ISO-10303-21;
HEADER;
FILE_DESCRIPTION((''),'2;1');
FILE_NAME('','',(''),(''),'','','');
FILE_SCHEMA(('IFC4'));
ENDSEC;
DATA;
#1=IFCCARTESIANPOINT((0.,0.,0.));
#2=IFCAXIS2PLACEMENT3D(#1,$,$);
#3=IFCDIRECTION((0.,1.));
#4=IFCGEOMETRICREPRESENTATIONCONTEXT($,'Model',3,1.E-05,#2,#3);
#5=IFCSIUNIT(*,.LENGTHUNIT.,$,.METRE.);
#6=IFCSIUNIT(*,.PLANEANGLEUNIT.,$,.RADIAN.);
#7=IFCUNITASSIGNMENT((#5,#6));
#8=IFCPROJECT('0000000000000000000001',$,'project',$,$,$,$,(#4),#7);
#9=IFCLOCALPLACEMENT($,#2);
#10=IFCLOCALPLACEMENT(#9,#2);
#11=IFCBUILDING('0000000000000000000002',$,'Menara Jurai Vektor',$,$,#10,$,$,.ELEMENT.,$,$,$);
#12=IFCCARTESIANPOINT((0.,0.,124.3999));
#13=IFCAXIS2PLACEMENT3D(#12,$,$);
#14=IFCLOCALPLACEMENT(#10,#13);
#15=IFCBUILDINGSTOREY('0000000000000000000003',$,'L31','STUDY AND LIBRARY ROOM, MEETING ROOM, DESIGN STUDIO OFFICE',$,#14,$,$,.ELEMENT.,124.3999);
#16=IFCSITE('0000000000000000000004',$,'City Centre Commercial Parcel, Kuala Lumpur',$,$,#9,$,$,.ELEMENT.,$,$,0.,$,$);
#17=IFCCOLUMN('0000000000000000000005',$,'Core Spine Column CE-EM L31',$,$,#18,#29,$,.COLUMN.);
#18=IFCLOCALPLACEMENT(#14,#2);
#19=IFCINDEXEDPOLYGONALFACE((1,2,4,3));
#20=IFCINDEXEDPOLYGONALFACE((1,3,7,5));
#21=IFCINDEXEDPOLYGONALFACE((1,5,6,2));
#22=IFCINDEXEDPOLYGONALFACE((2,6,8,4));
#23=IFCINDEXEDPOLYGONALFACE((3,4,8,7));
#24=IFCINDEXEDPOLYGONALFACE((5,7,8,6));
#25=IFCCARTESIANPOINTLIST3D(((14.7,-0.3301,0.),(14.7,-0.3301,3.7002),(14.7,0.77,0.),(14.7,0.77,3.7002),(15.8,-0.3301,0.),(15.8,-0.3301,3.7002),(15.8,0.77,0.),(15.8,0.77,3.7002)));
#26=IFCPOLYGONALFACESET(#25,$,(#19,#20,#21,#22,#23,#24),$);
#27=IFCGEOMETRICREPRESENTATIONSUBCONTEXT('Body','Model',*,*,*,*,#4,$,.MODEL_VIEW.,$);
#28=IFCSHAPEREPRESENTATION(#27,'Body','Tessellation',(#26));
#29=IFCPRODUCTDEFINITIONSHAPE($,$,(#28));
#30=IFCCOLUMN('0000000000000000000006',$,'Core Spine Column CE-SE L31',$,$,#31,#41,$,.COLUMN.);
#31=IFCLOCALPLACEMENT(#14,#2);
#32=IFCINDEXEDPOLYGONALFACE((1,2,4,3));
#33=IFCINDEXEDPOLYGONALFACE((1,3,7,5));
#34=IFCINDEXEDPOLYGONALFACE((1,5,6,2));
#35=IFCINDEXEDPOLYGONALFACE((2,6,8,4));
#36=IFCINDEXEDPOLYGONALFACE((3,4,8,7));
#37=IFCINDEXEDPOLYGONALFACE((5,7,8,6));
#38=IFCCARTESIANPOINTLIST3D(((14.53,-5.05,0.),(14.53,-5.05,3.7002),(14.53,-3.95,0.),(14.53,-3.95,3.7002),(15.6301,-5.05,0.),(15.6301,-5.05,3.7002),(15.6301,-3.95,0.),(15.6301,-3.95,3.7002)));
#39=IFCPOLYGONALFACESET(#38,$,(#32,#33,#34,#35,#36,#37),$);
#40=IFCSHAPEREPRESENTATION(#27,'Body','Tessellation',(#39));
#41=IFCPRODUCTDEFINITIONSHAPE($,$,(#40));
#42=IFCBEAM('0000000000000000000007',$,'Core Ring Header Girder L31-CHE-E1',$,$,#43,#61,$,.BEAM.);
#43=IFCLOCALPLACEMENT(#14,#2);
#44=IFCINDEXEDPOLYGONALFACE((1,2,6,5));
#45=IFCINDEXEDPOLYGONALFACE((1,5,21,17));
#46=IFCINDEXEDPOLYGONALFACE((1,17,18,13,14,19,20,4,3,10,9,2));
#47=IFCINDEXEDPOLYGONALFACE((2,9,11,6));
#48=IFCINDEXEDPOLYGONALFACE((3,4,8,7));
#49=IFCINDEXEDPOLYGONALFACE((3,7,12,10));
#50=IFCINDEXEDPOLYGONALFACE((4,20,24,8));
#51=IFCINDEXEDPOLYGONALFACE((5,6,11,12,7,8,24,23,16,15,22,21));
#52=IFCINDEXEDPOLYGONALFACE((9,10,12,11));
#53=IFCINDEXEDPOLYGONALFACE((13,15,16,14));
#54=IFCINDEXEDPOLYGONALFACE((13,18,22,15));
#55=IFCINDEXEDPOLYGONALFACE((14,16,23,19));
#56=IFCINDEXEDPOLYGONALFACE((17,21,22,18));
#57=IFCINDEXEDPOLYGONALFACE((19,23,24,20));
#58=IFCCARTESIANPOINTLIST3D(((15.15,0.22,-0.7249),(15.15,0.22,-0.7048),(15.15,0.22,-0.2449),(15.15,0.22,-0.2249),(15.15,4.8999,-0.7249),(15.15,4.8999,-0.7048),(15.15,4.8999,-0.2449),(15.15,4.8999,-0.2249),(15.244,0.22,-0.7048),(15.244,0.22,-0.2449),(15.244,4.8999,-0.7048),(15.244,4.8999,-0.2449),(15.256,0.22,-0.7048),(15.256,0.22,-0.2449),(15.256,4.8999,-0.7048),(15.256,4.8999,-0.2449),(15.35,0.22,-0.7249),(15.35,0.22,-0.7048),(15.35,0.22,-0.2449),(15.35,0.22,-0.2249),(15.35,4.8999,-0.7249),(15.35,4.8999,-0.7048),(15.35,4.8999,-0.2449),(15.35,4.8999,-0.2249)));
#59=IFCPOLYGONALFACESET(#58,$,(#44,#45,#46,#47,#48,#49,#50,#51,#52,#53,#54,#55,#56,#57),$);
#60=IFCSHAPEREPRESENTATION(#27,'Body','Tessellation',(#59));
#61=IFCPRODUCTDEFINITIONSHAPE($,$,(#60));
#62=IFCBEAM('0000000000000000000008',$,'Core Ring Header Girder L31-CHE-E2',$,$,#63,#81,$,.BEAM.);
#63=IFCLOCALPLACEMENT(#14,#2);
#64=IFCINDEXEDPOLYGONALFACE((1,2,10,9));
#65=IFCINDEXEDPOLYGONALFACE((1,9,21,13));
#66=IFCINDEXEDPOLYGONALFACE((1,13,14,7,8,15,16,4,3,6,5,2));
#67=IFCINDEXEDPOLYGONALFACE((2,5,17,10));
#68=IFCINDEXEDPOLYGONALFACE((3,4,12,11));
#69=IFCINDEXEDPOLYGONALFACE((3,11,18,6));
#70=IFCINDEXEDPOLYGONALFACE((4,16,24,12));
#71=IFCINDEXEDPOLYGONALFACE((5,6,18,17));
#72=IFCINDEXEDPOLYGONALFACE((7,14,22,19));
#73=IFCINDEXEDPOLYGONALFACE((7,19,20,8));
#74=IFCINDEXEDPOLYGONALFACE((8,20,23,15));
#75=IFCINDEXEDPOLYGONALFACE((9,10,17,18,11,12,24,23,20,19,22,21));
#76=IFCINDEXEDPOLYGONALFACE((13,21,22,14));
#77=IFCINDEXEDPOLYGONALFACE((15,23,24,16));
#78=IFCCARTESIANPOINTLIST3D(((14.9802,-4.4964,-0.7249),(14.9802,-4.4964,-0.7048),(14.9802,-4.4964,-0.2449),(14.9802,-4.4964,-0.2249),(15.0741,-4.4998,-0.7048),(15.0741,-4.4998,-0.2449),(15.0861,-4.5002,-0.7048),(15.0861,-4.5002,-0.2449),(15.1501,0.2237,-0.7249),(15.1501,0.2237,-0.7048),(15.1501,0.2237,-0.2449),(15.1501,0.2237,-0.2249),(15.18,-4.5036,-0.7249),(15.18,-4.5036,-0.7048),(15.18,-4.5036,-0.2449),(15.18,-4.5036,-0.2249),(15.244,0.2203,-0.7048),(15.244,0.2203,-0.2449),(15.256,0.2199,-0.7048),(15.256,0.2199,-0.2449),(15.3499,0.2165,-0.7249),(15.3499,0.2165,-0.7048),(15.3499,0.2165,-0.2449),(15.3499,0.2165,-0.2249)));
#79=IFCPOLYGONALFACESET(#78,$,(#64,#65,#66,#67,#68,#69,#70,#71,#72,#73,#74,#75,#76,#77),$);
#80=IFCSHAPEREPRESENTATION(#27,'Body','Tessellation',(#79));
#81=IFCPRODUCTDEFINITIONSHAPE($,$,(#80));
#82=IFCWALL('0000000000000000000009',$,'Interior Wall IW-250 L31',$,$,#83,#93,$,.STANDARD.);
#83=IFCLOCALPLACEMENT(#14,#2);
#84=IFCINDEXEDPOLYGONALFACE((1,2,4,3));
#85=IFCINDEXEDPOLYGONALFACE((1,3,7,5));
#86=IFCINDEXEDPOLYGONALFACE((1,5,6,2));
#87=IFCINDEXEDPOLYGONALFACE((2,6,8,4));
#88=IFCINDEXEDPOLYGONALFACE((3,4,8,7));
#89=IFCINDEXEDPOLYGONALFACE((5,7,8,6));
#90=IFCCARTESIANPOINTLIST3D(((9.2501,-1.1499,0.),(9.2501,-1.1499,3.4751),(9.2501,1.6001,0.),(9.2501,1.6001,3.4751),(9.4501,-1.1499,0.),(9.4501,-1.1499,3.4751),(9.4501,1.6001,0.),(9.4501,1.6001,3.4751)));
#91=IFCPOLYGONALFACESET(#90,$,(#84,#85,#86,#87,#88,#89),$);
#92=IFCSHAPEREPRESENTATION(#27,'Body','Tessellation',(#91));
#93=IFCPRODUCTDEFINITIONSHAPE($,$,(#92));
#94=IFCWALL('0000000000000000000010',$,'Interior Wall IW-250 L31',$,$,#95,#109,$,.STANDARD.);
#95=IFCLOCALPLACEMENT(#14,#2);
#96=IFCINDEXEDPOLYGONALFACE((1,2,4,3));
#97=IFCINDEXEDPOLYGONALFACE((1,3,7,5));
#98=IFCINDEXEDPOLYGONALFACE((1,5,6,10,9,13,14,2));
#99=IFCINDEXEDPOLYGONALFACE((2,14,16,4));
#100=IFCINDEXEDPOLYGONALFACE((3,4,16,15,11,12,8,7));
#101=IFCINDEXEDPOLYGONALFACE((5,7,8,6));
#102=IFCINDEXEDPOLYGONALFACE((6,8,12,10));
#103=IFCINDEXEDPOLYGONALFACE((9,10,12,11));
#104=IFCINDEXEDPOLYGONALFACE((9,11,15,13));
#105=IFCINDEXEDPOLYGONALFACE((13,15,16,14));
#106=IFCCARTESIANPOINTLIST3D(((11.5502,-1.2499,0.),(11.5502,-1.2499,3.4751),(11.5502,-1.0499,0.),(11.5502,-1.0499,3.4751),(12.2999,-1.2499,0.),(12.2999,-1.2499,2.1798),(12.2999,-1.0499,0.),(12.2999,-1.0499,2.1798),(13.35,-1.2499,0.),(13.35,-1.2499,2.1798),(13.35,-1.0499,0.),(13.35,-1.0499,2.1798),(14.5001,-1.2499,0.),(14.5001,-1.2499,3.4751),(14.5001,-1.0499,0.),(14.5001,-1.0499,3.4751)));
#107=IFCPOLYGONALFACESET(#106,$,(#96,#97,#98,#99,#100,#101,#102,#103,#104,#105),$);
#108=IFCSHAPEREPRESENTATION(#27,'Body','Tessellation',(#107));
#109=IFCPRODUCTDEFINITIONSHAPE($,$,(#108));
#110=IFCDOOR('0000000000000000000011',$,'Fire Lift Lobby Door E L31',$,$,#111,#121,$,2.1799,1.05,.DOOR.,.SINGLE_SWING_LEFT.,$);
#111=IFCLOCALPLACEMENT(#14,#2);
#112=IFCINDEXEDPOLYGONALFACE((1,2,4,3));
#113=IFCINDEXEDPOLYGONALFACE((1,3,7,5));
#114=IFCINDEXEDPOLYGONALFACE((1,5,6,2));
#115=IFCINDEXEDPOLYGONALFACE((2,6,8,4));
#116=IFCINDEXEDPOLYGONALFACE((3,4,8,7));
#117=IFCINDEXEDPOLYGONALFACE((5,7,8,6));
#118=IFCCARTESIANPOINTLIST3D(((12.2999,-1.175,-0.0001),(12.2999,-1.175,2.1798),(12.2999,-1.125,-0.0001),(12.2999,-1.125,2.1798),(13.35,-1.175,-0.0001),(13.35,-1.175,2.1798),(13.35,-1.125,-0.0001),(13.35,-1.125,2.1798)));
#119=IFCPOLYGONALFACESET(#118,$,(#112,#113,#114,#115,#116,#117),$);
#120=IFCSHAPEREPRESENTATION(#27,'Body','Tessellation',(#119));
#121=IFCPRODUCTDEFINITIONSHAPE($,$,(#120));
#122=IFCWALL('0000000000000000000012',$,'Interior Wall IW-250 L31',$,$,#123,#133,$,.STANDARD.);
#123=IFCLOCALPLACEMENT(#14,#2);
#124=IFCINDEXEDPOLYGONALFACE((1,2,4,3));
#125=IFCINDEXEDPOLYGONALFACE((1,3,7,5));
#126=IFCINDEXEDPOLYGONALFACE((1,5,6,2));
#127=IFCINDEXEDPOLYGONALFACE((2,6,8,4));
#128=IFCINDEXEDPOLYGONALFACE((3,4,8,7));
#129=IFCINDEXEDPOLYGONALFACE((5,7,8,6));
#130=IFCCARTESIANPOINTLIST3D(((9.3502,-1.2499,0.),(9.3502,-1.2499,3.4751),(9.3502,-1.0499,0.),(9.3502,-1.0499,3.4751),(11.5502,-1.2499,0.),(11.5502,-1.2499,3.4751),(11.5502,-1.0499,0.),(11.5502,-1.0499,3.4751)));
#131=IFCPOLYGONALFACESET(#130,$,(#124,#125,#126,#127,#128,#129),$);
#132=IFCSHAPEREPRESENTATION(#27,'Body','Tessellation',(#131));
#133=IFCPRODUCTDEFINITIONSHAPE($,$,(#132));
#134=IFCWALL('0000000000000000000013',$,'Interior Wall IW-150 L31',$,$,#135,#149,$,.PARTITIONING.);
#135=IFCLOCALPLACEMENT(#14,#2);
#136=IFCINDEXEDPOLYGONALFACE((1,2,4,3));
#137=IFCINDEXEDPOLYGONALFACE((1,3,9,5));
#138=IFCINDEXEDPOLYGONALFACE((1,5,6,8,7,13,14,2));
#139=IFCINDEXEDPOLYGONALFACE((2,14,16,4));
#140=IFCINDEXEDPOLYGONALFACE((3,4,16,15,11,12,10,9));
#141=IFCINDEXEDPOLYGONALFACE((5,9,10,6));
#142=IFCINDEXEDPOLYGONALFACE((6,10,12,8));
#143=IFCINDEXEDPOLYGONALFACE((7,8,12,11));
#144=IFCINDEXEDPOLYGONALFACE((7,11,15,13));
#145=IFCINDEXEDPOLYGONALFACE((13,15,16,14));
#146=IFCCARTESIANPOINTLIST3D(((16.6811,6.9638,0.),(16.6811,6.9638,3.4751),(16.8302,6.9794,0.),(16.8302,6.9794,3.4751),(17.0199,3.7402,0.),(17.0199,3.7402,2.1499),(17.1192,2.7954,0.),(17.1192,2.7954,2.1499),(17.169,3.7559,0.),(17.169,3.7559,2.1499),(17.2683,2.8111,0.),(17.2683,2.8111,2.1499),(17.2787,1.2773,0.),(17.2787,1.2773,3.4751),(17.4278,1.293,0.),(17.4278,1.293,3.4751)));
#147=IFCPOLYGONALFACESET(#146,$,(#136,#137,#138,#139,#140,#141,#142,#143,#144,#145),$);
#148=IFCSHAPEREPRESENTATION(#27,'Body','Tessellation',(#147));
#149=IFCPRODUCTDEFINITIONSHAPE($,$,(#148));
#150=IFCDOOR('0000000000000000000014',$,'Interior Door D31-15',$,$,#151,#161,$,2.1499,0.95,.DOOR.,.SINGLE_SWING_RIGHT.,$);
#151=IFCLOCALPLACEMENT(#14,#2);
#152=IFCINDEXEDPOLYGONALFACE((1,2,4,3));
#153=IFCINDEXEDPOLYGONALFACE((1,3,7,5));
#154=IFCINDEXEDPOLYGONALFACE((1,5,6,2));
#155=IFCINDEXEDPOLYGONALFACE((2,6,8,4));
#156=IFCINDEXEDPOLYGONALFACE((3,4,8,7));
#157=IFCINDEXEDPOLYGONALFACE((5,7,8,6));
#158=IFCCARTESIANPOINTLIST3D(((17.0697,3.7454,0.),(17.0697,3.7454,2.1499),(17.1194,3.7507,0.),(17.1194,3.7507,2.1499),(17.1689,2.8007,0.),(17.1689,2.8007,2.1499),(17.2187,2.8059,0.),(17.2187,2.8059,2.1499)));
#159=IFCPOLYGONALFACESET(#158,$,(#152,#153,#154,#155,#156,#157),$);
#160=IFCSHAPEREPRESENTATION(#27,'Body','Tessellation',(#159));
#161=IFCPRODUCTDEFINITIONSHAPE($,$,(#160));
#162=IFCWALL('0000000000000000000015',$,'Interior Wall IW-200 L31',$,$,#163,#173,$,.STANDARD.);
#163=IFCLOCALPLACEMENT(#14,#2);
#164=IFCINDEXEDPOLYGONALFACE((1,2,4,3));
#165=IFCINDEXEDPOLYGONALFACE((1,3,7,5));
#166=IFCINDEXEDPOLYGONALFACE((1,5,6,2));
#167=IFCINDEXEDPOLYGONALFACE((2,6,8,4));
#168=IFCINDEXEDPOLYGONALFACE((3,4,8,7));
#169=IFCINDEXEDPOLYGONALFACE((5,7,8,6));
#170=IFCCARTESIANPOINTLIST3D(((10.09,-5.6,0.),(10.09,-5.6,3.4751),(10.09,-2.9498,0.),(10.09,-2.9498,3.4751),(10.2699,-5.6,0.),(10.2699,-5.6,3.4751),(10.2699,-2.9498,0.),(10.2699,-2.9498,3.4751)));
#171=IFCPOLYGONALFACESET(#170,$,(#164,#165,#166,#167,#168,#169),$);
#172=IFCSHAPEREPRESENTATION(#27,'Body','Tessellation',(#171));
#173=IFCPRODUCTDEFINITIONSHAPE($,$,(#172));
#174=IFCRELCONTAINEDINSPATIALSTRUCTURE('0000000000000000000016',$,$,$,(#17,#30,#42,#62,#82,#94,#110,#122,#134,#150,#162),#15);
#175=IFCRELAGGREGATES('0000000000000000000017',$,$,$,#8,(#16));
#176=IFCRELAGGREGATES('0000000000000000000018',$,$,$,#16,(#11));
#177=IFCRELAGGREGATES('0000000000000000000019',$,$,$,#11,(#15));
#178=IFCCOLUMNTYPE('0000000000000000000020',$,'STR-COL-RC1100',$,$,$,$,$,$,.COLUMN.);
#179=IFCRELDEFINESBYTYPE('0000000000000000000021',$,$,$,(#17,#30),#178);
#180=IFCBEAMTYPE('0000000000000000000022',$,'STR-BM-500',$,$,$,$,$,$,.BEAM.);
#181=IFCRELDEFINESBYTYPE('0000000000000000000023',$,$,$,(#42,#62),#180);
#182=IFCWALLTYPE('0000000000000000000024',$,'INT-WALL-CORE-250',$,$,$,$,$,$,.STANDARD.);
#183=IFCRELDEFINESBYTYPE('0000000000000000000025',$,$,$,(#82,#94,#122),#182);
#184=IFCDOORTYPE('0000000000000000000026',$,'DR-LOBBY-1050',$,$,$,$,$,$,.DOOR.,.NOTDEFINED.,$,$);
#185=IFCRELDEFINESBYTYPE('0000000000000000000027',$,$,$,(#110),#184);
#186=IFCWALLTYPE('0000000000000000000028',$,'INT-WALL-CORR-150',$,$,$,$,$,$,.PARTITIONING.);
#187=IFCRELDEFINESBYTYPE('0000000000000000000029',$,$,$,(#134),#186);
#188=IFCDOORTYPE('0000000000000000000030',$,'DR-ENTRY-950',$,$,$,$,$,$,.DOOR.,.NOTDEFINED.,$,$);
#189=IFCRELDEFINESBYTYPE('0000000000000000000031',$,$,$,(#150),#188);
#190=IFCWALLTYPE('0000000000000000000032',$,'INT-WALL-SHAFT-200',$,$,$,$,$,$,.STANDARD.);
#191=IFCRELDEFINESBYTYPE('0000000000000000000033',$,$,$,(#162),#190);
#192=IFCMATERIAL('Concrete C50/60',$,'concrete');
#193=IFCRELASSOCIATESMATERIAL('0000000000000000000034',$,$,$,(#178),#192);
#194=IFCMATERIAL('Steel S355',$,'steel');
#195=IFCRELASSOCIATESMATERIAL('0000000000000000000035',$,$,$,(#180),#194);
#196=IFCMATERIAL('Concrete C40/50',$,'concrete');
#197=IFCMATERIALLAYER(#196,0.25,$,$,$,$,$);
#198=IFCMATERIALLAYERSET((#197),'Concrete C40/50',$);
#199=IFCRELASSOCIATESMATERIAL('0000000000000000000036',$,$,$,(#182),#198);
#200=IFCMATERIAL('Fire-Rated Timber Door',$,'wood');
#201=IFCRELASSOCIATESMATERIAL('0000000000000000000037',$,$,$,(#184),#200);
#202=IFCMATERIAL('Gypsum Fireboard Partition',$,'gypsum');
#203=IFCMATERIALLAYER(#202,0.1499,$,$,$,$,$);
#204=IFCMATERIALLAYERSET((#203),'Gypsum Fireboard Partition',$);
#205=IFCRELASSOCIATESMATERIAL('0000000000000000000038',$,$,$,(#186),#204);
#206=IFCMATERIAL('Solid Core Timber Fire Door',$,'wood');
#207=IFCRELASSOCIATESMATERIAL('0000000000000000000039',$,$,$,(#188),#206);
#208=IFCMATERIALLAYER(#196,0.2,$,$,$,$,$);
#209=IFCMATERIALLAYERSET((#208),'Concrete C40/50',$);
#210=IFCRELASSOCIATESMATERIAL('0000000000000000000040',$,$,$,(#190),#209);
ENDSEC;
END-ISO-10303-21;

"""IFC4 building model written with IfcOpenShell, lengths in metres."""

from ifc_helpers import new_model, si_unit, direction, frame, frame_2d, origin, origin_2d, place, context, subcontext, project, spatial, rectangle, i_section, extrude, material, layer, layer_set, material_profile, profile_set, type_object, element, fill, save


model = new_model("IFC4")

# Units and contexts
model_context = context("Model", 3, precision=1e-05, world=origin(), true_north=direction((0.0, 1.0)))
body_context = subcontext(model_context, "Body", "Model", "MODEL_VIEW")
ifc_project = project(units=[si_unit("LENGTHUNIT", "METRE"), si_unit("PLANEANGLEUNIT", "RADIAN")], contexts=[model_context])

# Site, building, storey
site_placement = place(None, origin())
site = spatial("IfcSite", under=ifc_project, at=site_placement, Name="City Centre Commercial Parcel, Kuala Lumpur", CompositionType="ELEMENT", RefElevation=0.0)
building_placement = place(site_placement, origin())
building = spatial("IfcBuilding", under=site, at=building_placement, Name="Menara Jurai Vektor", CompositionType="ELEMENT")
storey_placement = place(building_placement, frame((0.0, 0.0, 124.3999)))
storey = spatial("IfcBuildingStorey", under=building, at=storey_placement, Name="L31", Description="STUDY AND LIBRARY ROOM, MEETING ROOM, DESIGN STUDIO OFFICE", CompositionType="ELEMENT", Elevation=124.3999)

# Columns
ifc_material_1 = material(Name="Concrete C50/60", Category="concrete")
ifc_material_profile_1 = material_profile(ifc_material_1, rectangle(XDim=1.1001, YDim=1.1001, at=origin_2d()), Name="RC 1100x1100")
ifc_profile_set_1 = profile_set([ifc_material_profile_1], Name="Concrete C50/60")
column_type = type_object("IfcColumnType", Name="STR-COL-RC1100", PredefinedType="COLUMN", material=ifc_profile_set_1)
for number, where, z_axis, x_axis, name in (
    (1, (15.25, 0.22, 0.0), (0.0, 0.0, 1.0), (1.0, 0.0, 0.0), "Core Spine Column CE-EM L31"),
    (2, (15.0801, -4.5, 0.0), (0.0, 0.0, 1.0), (1.0, 0.0, 0.0), "Core Spine Column CE-SE L31"),
):
    element("IfcColumn", number, at=place(storey_placement, frame(where, z_axis=z_axis, x_axis=x_axis)), inside=storey, type_object=column_type, Name=name, PredefinedType="COLUMN", context=body_context, shape_type="SweptSolid", body=[
        extrude(rectangle(XDim=1.1001, YDim=1.1001, at=origin_2d()), origin(), (0.0, 0.0, 1.0), 3.7002),
    ])

# Beams
ifc_material_2 = material(Name="Steel S355", Category="steel")
ifc_material_profile_2 = material_profile(ifc_material_2, i_section(OverallWidth=0.2, OverallDepth=0.5, WebThickness=0.012, FlangeThickness=0.02, at=origin_2d()), Name="PG 500x200x96")
ifc_profile_set_2 = profile_set([ifc_material_profile_2], Name="Steel S355")
beam_type = type_object("IfcBeamType", Name="STR-BM-500", PredefinedType="BEAM", material=ifc_profile_set_2)
beam_1_placement = place(storey_placement, frame((15.25, 0.22, -0.4749), z_axis=(0.0, 1.0, 0.0), x_axis=(-1.0, 0.0, 0.0)))
element("IfcBeam", 3, at=beam_1_placement, inside=storey, type_object=beam_type, Name="Core Ring Header Girder L31-CHE-E1", PredefinedType="BEAM", context=body_context, shape_type="SweptSolid", body=[
    extrude(i_section(OverallWidth=0.2, OverallDepth=0.5, WebThickness=0.012, FlangeThickness=0.02, at=origin_2d()), origin(), (0.0, 0.0, 1.0), 4.6799),
])
beam_2_placement = place(storey_placement, frame((15.0801, -4.5, -0.4749), z_axis=(0.035977, 0.999353, 0.0), x_axis=(-0.999353, 0.035977, 0.0)))
element("IfcBeam", 4, at=beam_2_placement, inside=storey, type_object=beam_type, Name="Core Ring Header Girder L31-CHE-E2", PredefinedType="BEAM", context=body_context, shape_type="SweptSolid", body=[
    extrude(i_section(OverallWidth=0.2, OverallDepth=0.5, WebThickness=0.012, FlangeThickness=0.02, at=origin_2d()), origin(), (0.0, 0.0, 1.0), 4.7231),
])

# Shared definitions
ifc_material_3 = material(Name="Concrete C40/50", Category="concrete")
ifc_layer_1 = layer(ifc_material_3, 0.25)
ifc_layer_set_1 = layer_set([ifc_layer_1], Name="Concrete C40/50")
wall_type_1 = type_object("IfcWallType", Name="INT-WALL-CORE-250", PredefinedType="STANDARD", material=ifc_layer_set_1)

# Wall
wall_1_placement = place(storey_placement, frame((9.3501, -1.1499, 0.0), z_axis=(0.0, 0.0, 1.0), x_axis=(0.0, 1.0, 0.0)))
element("IfcWall", 5, at=wall_1_placement, inside=storey, type_object=wall_type_1, Name="Interior Wall IW-250 L31", PredefinedType="STANDARD", context=body_context, shape_type="SweptSolid", body=[
    extrude(rectangle(XDim=2.75, YDim=0.2, at=frame_2d((1.375, 0.0))), origin(), (0.0, 0.0, 1.0), 3.4751),
])

# Wall, opening, door
wall_2_placement = place(storey_placement, frame((11.55, -1.1499, 0.0), z_axis=(0.0, 0.0, 1.0), x_axis=(1.0, 0.0, 0.0)))
wall_2 = element("IfcWall", 6, at=wall_2_placement, inside=storey, type_object=wall_type_1, Name="Interior Wall IW-250 L31", PredefinedType="STANDARD", context=body_context, shape_type="SweptSolid", body=[
    extrude(rectangle(XDim=2.95, YDim=0.2, at=frame_2d((1.4751, 0.0))), origin(), (0.0, 0.0, 1.0), 3.4751),
])
opening_1_placement = place(wall_2_placement, frame((0.75, 0.0, 0.0)))
opening_1 = element("IfcOpeningElement", 7, at=opening_1_placement, cuts=wall_2, PredefinedType="OPENING", context=body_context, shape_type="SweptSolid", body=[
    extrude(rectangle(XDim=1.05, YDim=2.1799, at=frame_2d((0.5249, 1.0898))), frame((0.0, 0.1099, 0.0), z_axis=(0.0, -1.0, 0.0), x_axis=(1.0, 0.0, 0.0)), (0.0, 0.0, 1.0), 0.22),
])
ifc_material_4 = material(Name="Fire-Rated Timber Door", Category="wood")
door_type_1 = type_object("IfcDoorType", Name="DR-LOBBY-1050", OperationType="NOTDEFINED", PredefinedType="DOOR", material=ifc_material_4)
door_1_placement = place(opening_1_placement, origin())
door_1 = element("IfcDoor", 8, at=door_1_placement, inside=storey, type_object=door_type_1, Name="Fire Lift Lobby Door E L31", OperationType="SINGLE_SWING_LEFT", OverallHeight=2.1799, OverallWidth=1.05, PredefinedType="DOOR", context=body_context, shape_type="SweptSolid", body=[
    extrude(rectangle(XDim=1.05, YDim=2.1799, at=frame_2d((0.5249, 1.0898))), frame((0.0, 0.0249, 0.0), z_axis=(0.0, -1.0, 0.0), x_axis=(1.0, 0.0, 0.0)), (0.0, 0.0, 1.0), 0.05),
])
fill(opening_1, door_1)

# Wall
wall_3_placement = place(storey_placement, frame((9.3501, -1.1499, 0.0), z_axis=(0.0, 0.0, 1.0), x_axis=(1.0, 0.0, 0.0)))
element("IfcWall", 9, at=wall_3_placement, inside=storey, type_object=wall_type_1, Name="Interior Wall IW-250 L31", PredefinedType="STANDARD", context=body_context, shape_type="SweptSolid", body=[
    extrude(rectangle(XDim=2.2, YDim=0.2, at=frame_2d((1.1001, 0.0))), origin(), (0.0, 0.0, 1.0), 3.4751),
])

# Wall, opening, door
ifc_material_5 = material(Name="Gypsum Fireboard Partition", Category="gypsum")
ifc_layer_2 = layer(ifc_material_5, 0.1499)
ifc_layer_set_2 = layer_set([ifc_layer_2], Name="Gypsum Fireboard Partition")
wall_type_2 = type_object("IfcWallType", Name="INT-WALL-CORR-150", PredefinedType="PARTITIONING", material=ifc_layer_set_2)
wall_4_placement = place(storey_placement, frame((17.3533, 1.2852, 0.0), z_axis=(0.0, 0.0, 1.0), x_axis=(-0.104525, 0.994522, 0.0)))
wall_4 = element("IfcWall", 10, at=wall_4_placement, inside=storey, type_object=wall_type_2, Name="Interior Wall IW-150 L31", PredefinedType="PARTITIONING", context=body_context, shape_type="SweptSolid", body=[
    extrude(rectangle(XDim=5.7178, YDim=0.1499, at=frame_2d((2.8589, 0.0))), origin(), (0.0, 0.0, 1.0), 3.4751),
])
opening_2_placement = place(wall_4_placement, frame((1.5264, 0.0, 0.0)))
opening_2 = element("IfcOpeningElement", 11, at=opening_2_placement, cuts=wall_4, PredefinedType="OPENING", context=body_context, shape_type="SweptSolid", body=[
    extrude(rectangle(XDim=0.95, YDim=2.1499, at=frame_2d((0.4751, 1.075))), frame((0.0, 0.085, 0.0), z_axis=(0.0, -1.0, 0.0), x_axis=(1.0, 0.0, 0.0)), (0.0, 0.0, 1.0), 0.1699),
])
ifc_material_6 = material(Name="Solid Core Timber Fire Door", Category="wood")
door_type_2 = type_object("IfcDoorType", Name="DR-ENTRY-950", OperationType="NOTDEFINED", PredefinedType="DOOR", material=ifc_material_6)
door_2_placement = place(opening_2_placement, origin())
door_2 = element("IfcDoor", 12, at=door_2_placement, inside=storey, type_object=door_type_2, Name="Interior Door D31-15", OperationType="SINGLE_SWING_RIGHT", OverallHeight=2.1499, OverallWidth=0.95, PredefinedType="DOOR", context=body_context, shape_type="SweptSolid", body=[
    extrude(rectangle(XDim=0.95, YDim=2.1499, at=frame_2d((0.4751, 1.075))), frame((0.0, 0.0249, 0.0), z_axis=(0.0, -1.0, 0.0), x_axis=(1.0, 0.0, 0.0)), (0.0, 0.0, 1.0), 0.05),
])
fill(opening_2, door_2)

# Wall
ifc_layer_3 = layer(ifc_material_3, 0.2)
ifc_layer_set_3 = layer_set([ifc_layer_3], Name="Concrete C40/50")
wall_type_3 = type_object("IfcWallType", Name="INT-WALL-SHAFT-200", PredefinedType="STANDARD", material=ifc_layer_set_3)
for number, where, z_axis, x_axis, name in (
    (13, (10.1799, -5.6001, 0.0), (0.0, 0.0, 1.0), (0.0, 1.0, 0.0), "Interior Wall IW-200 L31"),
):
    element("IfcWall", number, at=place(storey_placement, frame(where, z_axis=z_axis, x_axis=x_axis)), inside=storey, type_object=wall_type_3, Name=name, PredefinedType="STANDARD", context=body_context, shape_type="SweptSolid", body=[
        extrude(rectangle(XDim=2.6501, YDim=0.1799, at=frame_2d((1.3252, 0.0))), origin(), (0.0, 0.0, 1.0), 3.4751),
    ])

save(model, "model.ifc")
